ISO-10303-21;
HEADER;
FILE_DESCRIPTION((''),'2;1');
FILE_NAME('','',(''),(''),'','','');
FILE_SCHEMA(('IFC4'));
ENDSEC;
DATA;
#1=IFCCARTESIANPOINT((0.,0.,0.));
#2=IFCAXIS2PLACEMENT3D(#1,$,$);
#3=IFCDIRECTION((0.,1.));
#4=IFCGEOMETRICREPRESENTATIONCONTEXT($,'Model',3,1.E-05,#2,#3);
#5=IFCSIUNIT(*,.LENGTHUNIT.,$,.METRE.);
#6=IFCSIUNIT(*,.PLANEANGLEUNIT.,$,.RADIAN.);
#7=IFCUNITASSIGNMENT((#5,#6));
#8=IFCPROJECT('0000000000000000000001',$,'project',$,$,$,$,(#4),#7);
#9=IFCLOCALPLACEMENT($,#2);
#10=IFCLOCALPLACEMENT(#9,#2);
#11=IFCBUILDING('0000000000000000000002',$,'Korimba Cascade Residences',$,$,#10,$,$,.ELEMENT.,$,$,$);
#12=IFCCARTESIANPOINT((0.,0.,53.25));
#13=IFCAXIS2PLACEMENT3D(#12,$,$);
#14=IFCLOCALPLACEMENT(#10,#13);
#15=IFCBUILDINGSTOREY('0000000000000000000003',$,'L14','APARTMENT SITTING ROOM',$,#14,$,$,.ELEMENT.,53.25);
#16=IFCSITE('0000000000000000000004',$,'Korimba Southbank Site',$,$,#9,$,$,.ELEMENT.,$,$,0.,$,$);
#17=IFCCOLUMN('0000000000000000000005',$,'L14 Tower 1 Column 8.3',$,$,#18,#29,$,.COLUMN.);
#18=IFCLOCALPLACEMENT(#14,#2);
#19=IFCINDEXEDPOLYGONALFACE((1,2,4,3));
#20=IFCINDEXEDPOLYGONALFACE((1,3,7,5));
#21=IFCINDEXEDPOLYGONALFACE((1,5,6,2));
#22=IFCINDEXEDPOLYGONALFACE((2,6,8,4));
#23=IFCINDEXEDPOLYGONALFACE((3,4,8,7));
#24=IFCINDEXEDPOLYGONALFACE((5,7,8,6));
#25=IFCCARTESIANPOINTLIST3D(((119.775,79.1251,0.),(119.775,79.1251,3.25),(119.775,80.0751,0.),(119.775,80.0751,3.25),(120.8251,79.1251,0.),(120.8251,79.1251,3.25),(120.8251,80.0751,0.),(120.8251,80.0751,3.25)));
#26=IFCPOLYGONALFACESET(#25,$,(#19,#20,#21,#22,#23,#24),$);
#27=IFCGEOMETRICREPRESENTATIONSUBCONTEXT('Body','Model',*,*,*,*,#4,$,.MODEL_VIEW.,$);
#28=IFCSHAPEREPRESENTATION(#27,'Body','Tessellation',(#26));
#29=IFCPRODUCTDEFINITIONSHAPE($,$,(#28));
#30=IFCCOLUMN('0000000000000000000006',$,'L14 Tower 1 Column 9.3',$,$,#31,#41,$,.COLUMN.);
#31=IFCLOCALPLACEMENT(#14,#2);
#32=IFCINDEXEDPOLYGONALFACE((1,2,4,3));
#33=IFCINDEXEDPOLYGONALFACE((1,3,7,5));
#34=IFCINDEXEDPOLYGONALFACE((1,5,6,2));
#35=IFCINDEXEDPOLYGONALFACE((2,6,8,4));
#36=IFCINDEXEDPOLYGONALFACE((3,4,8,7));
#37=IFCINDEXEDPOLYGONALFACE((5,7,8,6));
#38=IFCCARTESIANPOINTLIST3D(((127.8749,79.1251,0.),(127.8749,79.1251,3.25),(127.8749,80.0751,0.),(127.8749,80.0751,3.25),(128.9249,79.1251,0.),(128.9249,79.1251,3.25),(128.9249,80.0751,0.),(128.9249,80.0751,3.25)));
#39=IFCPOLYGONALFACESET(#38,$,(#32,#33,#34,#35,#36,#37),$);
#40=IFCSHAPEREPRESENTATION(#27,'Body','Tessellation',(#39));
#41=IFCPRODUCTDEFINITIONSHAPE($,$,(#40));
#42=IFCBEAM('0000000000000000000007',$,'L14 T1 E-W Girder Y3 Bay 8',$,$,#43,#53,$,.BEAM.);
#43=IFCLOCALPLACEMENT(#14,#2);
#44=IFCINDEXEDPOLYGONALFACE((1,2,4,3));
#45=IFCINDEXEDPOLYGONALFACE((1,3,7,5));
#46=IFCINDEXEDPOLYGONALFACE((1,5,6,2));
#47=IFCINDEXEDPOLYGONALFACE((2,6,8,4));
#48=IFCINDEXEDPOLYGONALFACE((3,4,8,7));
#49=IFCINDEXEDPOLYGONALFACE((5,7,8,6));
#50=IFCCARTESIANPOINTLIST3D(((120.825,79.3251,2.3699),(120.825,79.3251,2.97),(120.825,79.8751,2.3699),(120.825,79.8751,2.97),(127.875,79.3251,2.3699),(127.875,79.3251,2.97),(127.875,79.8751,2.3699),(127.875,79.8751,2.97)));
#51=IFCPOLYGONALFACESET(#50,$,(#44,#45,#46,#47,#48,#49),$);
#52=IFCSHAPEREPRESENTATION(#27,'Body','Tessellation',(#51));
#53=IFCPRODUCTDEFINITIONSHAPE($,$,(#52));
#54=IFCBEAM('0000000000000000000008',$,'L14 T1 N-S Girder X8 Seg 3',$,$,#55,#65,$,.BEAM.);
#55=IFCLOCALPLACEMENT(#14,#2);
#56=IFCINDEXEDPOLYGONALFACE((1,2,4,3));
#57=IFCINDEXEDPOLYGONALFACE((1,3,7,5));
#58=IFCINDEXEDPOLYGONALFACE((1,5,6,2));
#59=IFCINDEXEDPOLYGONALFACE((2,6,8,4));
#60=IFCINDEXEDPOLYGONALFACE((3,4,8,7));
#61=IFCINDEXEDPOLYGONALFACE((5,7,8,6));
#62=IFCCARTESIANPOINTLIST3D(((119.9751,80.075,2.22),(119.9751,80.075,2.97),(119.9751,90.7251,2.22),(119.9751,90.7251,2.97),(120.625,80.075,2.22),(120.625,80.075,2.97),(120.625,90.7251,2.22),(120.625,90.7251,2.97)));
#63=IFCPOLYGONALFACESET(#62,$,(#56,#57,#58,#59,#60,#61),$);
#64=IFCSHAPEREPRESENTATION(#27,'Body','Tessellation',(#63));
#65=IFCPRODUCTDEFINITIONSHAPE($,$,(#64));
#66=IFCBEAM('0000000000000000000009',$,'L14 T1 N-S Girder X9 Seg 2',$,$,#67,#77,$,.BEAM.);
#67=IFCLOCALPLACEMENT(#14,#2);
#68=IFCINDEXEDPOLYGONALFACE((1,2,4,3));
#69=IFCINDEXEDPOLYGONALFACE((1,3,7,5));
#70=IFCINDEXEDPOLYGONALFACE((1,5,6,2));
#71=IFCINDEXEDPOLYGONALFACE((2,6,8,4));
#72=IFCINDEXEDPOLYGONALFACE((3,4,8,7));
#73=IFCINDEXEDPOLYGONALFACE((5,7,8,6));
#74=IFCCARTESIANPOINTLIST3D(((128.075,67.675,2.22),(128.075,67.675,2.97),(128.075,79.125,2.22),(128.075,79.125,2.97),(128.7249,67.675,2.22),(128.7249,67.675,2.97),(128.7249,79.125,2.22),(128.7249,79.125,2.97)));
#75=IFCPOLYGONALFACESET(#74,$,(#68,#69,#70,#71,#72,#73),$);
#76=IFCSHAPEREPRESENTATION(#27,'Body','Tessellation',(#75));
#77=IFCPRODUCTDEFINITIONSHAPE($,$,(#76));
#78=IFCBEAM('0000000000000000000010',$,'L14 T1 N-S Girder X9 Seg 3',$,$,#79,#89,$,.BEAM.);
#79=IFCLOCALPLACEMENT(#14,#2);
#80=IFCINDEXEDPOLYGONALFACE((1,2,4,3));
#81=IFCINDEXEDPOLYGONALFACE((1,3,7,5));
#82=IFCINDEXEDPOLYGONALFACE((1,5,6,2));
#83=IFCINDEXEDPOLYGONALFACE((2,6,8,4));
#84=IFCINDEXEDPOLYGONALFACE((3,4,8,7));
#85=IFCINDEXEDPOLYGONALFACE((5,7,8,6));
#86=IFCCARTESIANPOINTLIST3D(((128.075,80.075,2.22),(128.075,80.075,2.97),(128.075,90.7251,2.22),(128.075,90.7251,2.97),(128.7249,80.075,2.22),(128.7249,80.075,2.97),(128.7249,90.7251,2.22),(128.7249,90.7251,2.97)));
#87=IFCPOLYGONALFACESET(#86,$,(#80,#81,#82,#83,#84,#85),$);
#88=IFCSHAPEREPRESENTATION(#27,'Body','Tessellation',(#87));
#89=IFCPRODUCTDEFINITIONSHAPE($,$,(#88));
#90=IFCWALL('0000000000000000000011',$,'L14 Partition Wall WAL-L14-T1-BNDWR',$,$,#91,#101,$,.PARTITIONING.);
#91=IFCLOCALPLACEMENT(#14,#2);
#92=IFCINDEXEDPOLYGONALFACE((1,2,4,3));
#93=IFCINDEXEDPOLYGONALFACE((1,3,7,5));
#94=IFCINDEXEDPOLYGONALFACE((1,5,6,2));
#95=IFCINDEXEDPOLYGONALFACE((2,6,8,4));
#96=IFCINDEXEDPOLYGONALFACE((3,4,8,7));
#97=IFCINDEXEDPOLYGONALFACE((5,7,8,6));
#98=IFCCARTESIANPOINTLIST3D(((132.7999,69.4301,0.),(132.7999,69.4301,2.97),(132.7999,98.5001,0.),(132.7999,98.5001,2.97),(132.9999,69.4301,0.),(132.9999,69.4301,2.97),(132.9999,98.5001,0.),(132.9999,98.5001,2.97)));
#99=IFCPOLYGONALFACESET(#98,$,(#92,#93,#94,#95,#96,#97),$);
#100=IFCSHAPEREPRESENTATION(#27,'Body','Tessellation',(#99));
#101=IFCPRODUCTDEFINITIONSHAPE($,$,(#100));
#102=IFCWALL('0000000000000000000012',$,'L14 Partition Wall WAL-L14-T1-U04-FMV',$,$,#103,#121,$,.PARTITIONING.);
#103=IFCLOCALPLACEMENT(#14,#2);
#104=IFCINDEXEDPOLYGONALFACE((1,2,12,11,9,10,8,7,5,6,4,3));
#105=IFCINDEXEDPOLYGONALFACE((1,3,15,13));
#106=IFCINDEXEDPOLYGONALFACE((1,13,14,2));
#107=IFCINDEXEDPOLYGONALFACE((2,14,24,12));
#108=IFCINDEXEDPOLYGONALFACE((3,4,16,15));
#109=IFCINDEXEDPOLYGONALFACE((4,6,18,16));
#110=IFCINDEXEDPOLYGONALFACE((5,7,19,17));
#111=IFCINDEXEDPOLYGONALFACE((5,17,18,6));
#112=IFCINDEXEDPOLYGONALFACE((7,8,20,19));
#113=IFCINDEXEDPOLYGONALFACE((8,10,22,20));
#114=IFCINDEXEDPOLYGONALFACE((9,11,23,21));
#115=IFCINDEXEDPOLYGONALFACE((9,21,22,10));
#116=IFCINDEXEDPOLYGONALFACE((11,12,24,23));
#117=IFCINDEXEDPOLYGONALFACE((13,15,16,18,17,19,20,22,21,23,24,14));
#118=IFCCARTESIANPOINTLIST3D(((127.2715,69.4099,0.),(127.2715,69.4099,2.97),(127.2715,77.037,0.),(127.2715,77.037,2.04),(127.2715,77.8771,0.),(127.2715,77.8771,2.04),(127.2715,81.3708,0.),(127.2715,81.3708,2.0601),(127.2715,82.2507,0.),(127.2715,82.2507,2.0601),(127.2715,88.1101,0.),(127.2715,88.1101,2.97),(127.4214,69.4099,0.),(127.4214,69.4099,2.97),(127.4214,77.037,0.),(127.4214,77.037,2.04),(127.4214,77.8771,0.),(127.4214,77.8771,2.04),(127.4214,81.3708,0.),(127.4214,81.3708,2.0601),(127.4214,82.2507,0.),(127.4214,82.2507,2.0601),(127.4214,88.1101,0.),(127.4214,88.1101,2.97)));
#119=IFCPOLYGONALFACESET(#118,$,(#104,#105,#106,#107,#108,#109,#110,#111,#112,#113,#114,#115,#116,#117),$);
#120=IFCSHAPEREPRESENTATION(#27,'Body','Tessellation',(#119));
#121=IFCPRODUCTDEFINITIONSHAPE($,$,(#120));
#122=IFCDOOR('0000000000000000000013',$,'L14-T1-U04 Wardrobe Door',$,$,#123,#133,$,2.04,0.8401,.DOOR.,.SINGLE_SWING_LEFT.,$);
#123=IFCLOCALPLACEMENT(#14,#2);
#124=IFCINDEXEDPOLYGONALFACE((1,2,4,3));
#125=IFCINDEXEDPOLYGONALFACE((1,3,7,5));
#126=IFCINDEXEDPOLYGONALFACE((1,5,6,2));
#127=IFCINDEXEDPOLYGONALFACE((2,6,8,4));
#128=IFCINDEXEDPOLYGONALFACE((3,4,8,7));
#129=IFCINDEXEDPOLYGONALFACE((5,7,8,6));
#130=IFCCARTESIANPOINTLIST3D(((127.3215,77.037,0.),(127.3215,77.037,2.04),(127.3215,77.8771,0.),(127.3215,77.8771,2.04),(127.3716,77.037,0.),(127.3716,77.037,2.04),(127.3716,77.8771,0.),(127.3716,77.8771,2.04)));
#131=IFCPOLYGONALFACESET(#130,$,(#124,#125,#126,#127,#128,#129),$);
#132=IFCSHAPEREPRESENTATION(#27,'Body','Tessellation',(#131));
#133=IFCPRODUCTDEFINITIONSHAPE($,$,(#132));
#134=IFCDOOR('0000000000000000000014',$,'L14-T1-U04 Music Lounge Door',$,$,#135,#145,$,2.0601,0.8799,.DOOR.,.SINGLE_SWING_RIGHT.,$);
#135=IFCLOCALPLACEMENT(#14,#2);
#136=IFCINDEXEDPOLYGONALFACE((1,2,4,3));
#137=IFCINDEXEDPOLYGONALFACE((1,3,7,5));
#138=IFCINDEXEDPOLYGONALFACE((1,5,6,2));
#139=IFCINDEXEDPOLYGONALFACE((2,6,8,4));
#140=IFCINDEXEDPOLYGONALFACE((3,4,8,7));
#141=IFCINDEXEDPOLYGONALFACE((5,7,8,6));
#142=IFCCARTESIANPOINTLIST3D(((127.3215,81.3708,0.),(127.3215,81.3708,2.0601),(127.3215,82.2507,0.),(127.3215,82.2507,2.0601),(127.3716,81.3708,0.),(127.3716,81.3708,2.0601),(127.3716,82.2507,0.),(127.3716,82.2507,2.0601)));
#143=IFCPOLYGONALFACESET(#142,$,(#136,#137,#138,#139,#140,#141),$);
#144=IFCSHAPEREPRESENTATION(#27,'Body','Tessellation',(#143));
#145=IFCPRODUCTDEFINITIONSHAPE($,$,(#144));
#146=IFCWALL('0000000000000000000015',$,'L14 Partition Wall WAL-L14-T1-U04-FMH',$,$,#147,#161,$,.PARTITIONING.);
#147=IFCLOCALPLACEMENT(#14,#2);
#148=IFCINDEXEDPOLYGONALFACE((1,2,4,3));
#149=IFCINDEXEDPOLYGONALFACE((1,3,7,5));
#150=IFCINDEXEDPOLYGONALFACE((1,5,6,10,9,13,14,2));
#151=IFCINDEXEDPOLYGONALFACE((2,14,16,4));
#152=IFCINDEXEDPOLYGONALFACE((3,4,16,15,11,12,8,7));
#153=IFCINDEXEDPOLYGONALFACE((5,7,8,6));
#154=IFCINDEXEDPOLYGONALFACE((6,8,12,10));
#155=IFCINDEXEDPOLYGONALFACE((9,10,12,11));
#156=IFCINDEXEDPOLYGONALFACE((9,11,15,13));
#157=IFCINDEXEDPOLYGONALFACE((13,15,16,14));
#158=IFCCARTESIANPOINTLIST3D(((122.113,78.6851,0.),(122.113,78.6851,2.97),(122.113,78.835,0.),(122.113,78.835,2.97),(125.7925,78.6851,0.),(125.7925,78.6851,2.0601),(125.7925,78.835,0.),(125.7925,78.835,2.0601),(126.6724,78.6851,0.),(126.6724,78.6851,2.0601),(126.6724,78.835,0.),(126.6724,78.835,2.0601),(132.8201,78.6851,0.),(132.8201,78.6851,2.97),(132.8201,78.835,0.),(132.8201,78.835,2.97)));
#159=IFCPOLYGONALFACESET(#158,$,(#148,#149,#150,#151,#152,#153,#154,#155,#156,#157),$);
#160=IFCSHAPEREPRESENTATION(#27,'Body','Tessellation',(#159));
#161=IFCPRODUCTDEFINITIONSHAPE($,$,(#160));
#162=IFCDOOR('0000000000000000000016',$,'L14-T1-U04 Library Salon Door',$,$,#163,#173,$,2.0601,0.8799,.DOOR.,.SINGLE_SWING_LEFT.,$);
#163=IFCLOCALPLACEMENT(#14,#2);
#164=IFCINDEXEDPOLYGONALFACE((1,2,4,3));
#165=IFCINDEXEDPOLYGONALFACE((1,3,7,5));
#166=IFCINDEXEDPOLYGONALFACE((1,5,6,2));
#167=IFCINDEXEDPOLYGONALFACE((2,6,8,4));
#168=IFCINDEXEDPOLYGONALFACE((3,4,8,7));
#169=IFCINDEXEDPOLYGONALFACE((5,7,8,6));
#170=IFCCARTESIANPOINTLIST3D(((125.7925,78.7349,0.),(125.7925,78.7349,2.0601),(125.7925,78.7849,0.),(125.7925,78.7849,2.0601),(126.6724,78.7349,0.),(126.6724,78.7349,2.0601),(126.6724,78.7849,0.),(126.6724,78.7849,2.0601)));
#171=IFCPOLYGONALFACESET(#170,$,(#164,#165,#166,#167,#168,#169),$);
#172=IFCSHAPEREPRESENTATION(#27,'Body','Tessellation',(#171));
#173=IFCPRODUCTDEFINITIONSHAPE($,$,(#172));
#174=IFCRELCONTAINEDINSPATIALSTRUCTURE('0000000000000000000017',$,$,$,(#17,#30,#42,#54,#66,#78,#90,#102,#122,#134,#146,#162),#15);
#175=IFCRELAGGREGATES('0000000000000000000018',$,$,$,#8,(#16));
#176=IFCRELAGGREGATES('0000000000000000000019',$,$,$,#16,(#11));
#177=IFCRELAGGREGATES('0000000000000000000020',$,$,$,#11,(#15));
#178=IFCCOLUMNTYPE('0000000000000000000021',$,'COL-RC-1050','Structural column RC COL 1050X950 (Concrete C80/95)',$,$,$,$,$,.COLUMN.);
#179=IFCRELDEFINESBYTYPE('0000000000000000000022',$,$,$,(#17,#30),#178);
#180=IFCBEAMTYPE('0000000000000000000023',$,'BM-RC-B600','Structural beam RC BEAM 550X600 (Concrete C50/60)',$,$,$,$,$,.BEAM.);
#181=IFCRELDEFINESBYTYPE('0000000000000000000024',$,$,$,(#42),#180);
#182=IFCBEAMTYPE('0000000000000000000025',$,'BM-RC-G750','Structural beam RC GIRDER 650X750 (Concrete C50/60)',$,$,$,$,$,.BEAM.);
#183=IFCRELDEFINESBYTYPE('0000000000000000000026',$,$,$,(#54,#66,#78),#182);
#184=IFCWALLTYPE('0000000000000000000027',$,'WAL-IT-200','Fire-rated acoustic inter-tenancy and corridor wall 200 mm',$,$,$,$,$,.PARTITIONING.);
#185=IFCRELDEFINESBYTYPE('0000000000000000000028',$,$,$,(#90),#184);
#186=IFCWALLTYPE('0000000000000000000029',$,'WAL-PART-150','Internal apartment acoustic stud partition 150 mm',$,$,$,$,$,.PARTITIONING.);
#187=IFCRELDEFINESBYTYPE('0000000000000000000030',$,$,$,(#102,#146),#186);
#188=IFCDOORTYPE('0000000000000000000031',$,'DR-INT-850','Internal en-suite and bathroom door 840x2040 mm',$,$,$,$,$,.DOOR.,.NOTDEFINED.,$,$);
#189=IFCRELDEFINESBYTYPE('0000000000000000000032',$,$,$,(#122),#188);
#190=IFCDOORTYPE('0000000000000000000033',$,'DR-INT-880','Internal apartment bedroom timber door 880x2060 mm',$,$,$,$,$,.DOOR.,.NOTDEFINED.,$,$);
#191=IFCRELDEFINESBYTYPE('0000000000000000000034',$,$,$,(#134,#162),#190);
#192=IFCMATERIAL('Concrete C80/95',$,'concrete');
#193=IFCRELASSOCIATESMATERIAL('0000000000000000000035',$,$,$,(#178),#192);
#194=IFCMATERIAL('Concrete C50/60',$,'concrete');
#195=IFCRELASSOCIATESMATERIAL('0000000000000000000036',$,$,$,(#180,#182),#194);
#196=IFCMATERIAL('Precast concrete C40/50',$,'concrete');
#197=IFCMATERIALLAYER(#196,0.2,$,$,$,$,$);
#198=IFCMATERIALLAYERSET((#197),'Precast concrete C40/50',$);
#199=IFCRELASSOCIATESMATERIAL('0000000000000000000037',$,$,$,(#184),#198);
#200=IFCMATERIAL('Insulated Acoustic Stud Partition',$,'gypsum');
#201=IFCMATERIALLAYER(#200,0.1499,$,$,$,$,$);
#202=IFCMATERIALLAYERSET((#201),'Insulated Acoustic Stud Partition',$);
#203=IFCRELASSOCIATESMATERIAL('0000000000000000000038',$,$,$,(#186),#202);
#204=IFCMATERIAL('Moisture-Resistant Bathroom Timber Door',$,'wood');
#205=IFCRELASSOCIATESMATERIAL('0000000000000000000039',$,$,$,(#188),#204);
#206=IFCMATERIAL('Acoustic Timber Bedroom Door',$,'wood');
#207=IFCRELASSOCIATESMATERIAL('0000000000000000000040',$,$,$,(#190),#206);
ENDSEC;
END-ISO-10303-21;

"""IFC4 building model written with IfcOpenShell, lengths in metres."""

from ifc_helpers import new_model, si_unit, direction, frame, frame_2d, origin, origin_2d, place, context, subcontext, project, spatial, rectangle, extrude, material, layer, layer_set, material_profile, profile_set, type_object, element, fill, save


model = new_model("IFC4")

# Units and contexts
model_context = context("Model", 3, precision=1e-05, world=origin(), true_north=direction((0.0, 1.0)))
body_context = subcontext(model_context, "Body", "Model", "MODEL_VIEW")
ifc_project = project(units=[si_unit("LENGTHUNIT", "METRE"), si_unit("PLANEANGLEUNIT", "RADIAN")], contexts=[model_context])

# Site, building, storey
site_placement = place(None, origin())
site = spatial("IfcSite", under=ifc_project, at=site_placement, Name="Korimba Southbank Site", CompositionType="ELEMENT", RefElevation=0.0)
building_placement = place(site_placement, origin())
building = spatial("IfcBuilding", under=site, at=building_placement, Name="Korimba Cascade Residences", CompositionType="ELEMENT")
storey_placement = place(building_placement, frame((0.0, 0.0, 53.25)))
storey = spatial("IfcBuildingStorey", under=building, at=storey_placement, Name="L14", Description="APARTMENT SITTING ROOM", CompositionType="ELEMENT", Elevation=53.25)

# Columns
ifc_material_1 = material(Name="Concrete C80/95", Category="concrete")
ifc_material_profile_1 = material_profile(ifc_material_1, rectangle(XDim=1.05, YDim=0.95, at=origin_2d()), Name="Concrete C80/95")
ifc_profile_set_1 = profile_set([ifc_material_profile_1], Name="Concrete C80/95")
column_type = type_object("IfcColumnType", Name="COL-RC-1050", Description="Structural column RC COL 1050X950 (Concrete C80/95)", PredefinedType="COLUMN", material=ifc_profile_set_1)
for number, where, z_axis, x_axis, name in (
    (1, (120.3, 79.6001, 0.0), (0.0, 0.0, 1.0), (1.0, 0.0, 0.0), "L14 Tower 1 Column 8.3"),
    (2, (128.3999, 79.6001, 0.0), (0.0, 0.0, 1.0), (1.0, 0.0, 0.0), "L14 Tower 1 Column 9.3"),
):
    element("IfcColumn", number, at=place(storey_placement, frame(where, z_axis=z_axis, x_axis=x_axis)), inside=storey, type_object=column_type, Name=name, PredefinedType="COLUMN", context=body_context, shape_type="SweptSolid", body=[
        extrude(rectangle(XDim=1.05, YDim=0.95, at=origin_2d()), origin(), (0.0, 0.0, 1.0), 3.25),
    ])

# Beams
ifc_material_2 = material(Name="Concrete C50/60", Category="concrete")
ifc_material_profile_2 = material_profile(ifc_material_2, rectangle(XDim=0.55, YDim=0.6001, at=origin_2d()), Name="Concrete C50/60")
ifc_profile_set_2 = profile_set([ifc_material_profile_2], Name="Concrete C50/60")
beam_type_1 = type_object("IfcBeamType", Name="BM-RC-B600", Description="Structural beam RC BEAM 550X600 (Concrete C50/60)", PredefinedType="BEAM", material=ifc_profile_set_2)
beam_1_placement = place(storey_placement, frame((120.825, 79.6001, 2.6699), z_axis=(1.0, 0.0, 0.0), x_axis=(0.0, 1.0, 0.0)))
element("IfcBeam", 3, at=beam_1_placement, inside=storey, type_object=beam_type_1, Name="L14 T1 E-W Girder Y3 Bay 8", PredefinedType="BEAM", context=body_context, shape_type="SweptSolid", body=[
    extrude(rectangle(XDim=0.55, YDim=0.6001, at=origin_2d()), origin(), (0.0, 0.0, 1.0), 7.05),
])
ifc_material_profile_3 = material_profile(ifc_material_2, rectangle(XDim=0.6499, YDim=0.75, at=origin_2d()), Name="Concrete C50/60")
ifc_profile_set_3 = profile_set([ifc_material_profile_3], Name="Concrete C50/60")
beam_type_2 = type_object("IfcBeamType", Name="BM-RC-G750", Description="Structural beam RC GIRDER 650X750 (Concrete C50/60)", PredefinedType="BEAM", material=ifc_profile_set_3)
beam_2_placement = place(storey_placement, frame((120.3, 80.075, 2.595), z_axis=(0.0, 1.0, 0.0), x_axis=(-1.0, 0.0, 0.0)))
element("IfcBeam", 4, at=beam_2_placement, inside=storey, type_object=beam_type_2, Name="L14 T1 N-S Girder X8 Seg 3", PredefinedType="BEAM", context=body_context, shape_type="SweptSolid", body=[
    extrude(rectangle(XDim=0.6499, YDim=0.75, at=origin_2d()), origin(), (0.0, 0.0, 1.0), 10.6501),
])
beam_3_placement = place(storey_placement, frame((128.3999, 67.675, 2.595), z_axis=(0.0, 1.0, 0.0), x_axis=(-1.0, 0.0, 0.0)))
element("IfcBeam", 5, at=beam_3_placement, inside=storey, type_object=beam_type_2, Name="L14 T1 N-S Girder X9 Seg 2", PredefinedType="BEAM", context=body_context, shape_type="SweptSolid", body=[
    extrude(rectangle(XDim=0.6499, YDim=0.75, at=origin_2d()), origin(), (0.0, 0.0, 1.0), 11.45),
])
beam_4_placement = place(storey_placement, frame((128.3999, 80.075, 2.595), z_axis=(0.0, 1.0, 0.0), x_axis=(-1.0, 0.0, 0.0)))
element("IfcBeam", 6, at=beam_4_placement, inside=storey, type_object=beam_type_2, Name="L14 T1 N-S Girder X9 Seg 3", PredefinedType="BEAM", context=body_context, shape_type="SweptSolid", body=[
    extrude(rectangle(XDim=0.6499, YDim=0.75, at=origin_2d()), origin(), (0.0, 0.0, 1.0), 10.6501),
])

# Wall
ifc_material_3 = material(Name="Precast concrete C40/50", Category="concrete")
ifc_layer_1 = layer(ifc_material_3, 0.2)
ifc_layer_set_1 = layer_set([ifc_layer_1], Name="Precast concrete C40/50")
wall_type_1 = type_object("IfcWallType", Name="WAL-IT-200", Description="Fire-rated acoustic inter-tenancy and corridor wall 200 mm", PredefinedType="PARTITIONING", material=ifc_layer_set_1)
wall_1_placement = place(storey_placement, frame((132.8999, 69.4299, 0.0), z_axis=(0.0, 0.0, 1.0), x_axis=(0.0, 1.0, 0.0)))
element("IfcWall", 7, at=wall_1_placement, inside=storey, type_object=wall_type_1, Name="L14 Partition Wall WAL-L14-T1-BNDWR", PredefinedType="PARTITIONING", context=body_context, shape_type="SweptSolid", body=[
    extrude(rectangle(XDim=29.0701, YDim=0.2, at=frame_2d((14.5352, 0.0))), origin(), (0.0, 0.0, 1.0), 2.97),
])

# Wall, openings, doors
ifc_material_4 = material(Name="Insulated Acoustic Stud Partition", Category="gypsum")
ifc_layer_2 = layer(ifc_material_4, 0.1499)
ifc_layer_set_2 = layer_set([ifc_layer_2], Name="Insulated Acoustic Stud Partition")
wall_type_2 = type_object("IfcWallType", Name="WAL-PART-150", Description="Internal apartment acoustic stud partition 150 mm", PredefinedType="PARTITIONING", material=ifc_layer_set_2)
wall_2_placement = place(storey_placement, frame((127.3464, 69.4099, 0.0), z_axis=(0.0, 0.0, 1.0), x_axis=(0.0, 1.0, 0.0)))
wall_2 = element("IfcWall", 8, at=wall_2_placement, inside=storey, type_object=wall_type_2, Name="L14 Partition Wall WAL-L14-T1-U04-FMV", PredefinedType="PARTITIONING", context=body_context, shape_type="SweptSolid", body=[
    extrude(rectangle(XDim=18.7002, YDim=0.1499, at=frame_2d((9.3501, 0.0))), origin(), (0.0, 0.0, 1.0), 2.97),
])
opening_1_placement = place(wall_2_placement, frame((7.6272, 0.0, 0.0)))
opening_1 = element("IfcOpeningElement", 9, at=opening_1_placement, cuts=wall_2, PredefinedType="OPENING", context=body_context, shape_type="SweptSolid", body=[
    extrude(rectangle(XDim=0.8401, YDim=2.04, at=frame_2d((0.4199, 1.02))), frame((0.0, 0.085, 0.0), z_axis=(0.0, -1.0, 0.0), x_axis=(1.0, 0.0, 0.0)), (0.0, 0.0, 1.0), 0.1699),
])
opening_2_placement = place(wall_2_placement, frame((11.9609, 0.0, 0.0)))
opening_2 = element("IfcOpeningElement", 10, at=opening_2_placement, cuts=wall_2, PredefinedType="OPENING", context=body_context, shape_type="SweptSolid", body=[
    extrude(rectangle(XDim=0.8799, YDim=2.0601, at=frame_2d((0.4399, 1.03))), frame((0.0, 0.085, 0.0), z_axis=(0.0, -1.0, 0.0), x_axis=(1.0, 0.0, 0.0)), (0.0, 0.0, 1.0), 0.1699),
])
ifc_material_5 = material(Name="Moisture-Resistant Bathroom Timber Door", Category="wood")
door_type_1 = type_object("IfcDoorType", Name="DR-INT-850", Description="Internal en-suite and bathroom door 840x2040 mm", OperationType="NOTDEFINED", PredefinedType="DOOR", material=ifc_material_5)
door_1_placement = place(opening_1_placement, origin())
door_1 = element("IfcDoor", 11, at=door_1_placement, inside=storey, type_object=door_type_1, Name="L14-T1-U04 Wardrobe Door", OperationType="SINGLE_SWING_LEFT", OverallHeight=2.04, OverallWidth=0.8401, PredefinedType="DOOR", context=body_context, shape_type="SweptSolid", body=[
    extrude(rectangle(XDim=0.8401, YDim=2.04, at=frame_2d((0.4199, 1.02))), frame((0.0, 0.0249, 0.0), z_axis=(0.0, -1.0, 0.0), x_axis=(1.0, 0.0, 0.0)), (0.0, 0.0, 1.0), 0.05),
])
fill(opening_1, door_1)
ifc_material_6 = material(Name="Acoustic Timber Bedroom Door", Category="wood")
door_type_2 = type_object("IfcDoorType", Name="DR-INT-880", Description="Internal apartment bedroom timber door 880x2060 mm", OperationType="NOTDEFINED", PredefinedType="DOOR", material=ifc_material_6)
door_2_placement = place(opening_2_placement, origin())
door_2 = element("IfcDoor", 12, at=door_2_placement, inside=storey, type_object=door_type_2, Name="L14-T1-U04 Music Lounge Door", OperationType="SINGLE_SWING_RIGHT", OverallHeight=2.0601, OverallWidth=0.8799, PredefinedType="DOOR", context=body_context, shape_type="SweptSolid", body=[
    extrude(rectangle(XDim=0.8799, YDim=2.0601, at=frame_2d((0.4399, 1.03))), frame((0.0, 0.0249, 0.0), z_axis=(0.0, -1.0, 0.0), x_axis=(1.0, 0.0, 0.0)), (0.0, 0.0, 1.0), 0.05),
])
fill(opening_2, door_2)

# Wall, opening, door
wall_3_placement = place(storey_placement, frame((122.113, 78.76, 0.0), z_axis=(0.0, 0.0, 1.0), x_axis=(1.0, 0.0, 0.0)))
wall_3 = element("IfcWall", 13, at=wall_3_placement, inside=storey, type_object=wall_type_2, Name="L14 Partition Wall WAL-L14-T1-U04-FMH", PredefinedType="PARTITIONING", context=body_context, shape_type="SweptSolid", body=[
    extrude(rectangle(XDim=10.707, YDim=0.1499, at=frame_2d((5.3535, 0.0))), origin(), (0.0, 0.0, 1.0), 2.97),
])
opening_3_placement = place(wall_3_placement, frame((3.6794, 0.0, 0.0)))
opening_3 = element("IfcOpeningElement", 14, at=opening_3_placement, cuts=wall_3, PredefinedType="OPENING", context=body_context, shape_type="SweptSolid", body=[
    extrude(rectangle(XDim=0.8799, YDim=2.0601, at=frame_2d((0.4399, 1.03))), frame((0.0, 0.085, 0.0), z_axis=(0.0, -1.0, 0.0), x_axis=(1.0, 0.0, 0.0)), (0.0, 0.0, 1.0), 0.1699),
])
door_3_placement = place(opening_3_placement, origin())
door_3 = element("IfcDoor", 15, at=door_3_placement, inside=storey, type_object=door_type_2, Name="L14-T1-U04 Library Salon Door", OperationType="SINGLE_SWING_LEFT", OverallHeight=2.0601, OverallWidth=0.8799, PredefinedType="DOOR", context=body_context, shape_type="SweptSolid", body=[
    extrude(rectangle(XDim=0.8799, YDim=2.0601, at=frame_2d((0.4399, 1.03))), frame((0.0, 0.0249, 0.0), z_axis=(0.0, -1.0, 0.0), x_axis=(1.0, 0.0, 0.0)), (0.0, 0.0, 1.0), 0.05),
])
fill(opening_3, door_3)

save(model, "model.ifc")
